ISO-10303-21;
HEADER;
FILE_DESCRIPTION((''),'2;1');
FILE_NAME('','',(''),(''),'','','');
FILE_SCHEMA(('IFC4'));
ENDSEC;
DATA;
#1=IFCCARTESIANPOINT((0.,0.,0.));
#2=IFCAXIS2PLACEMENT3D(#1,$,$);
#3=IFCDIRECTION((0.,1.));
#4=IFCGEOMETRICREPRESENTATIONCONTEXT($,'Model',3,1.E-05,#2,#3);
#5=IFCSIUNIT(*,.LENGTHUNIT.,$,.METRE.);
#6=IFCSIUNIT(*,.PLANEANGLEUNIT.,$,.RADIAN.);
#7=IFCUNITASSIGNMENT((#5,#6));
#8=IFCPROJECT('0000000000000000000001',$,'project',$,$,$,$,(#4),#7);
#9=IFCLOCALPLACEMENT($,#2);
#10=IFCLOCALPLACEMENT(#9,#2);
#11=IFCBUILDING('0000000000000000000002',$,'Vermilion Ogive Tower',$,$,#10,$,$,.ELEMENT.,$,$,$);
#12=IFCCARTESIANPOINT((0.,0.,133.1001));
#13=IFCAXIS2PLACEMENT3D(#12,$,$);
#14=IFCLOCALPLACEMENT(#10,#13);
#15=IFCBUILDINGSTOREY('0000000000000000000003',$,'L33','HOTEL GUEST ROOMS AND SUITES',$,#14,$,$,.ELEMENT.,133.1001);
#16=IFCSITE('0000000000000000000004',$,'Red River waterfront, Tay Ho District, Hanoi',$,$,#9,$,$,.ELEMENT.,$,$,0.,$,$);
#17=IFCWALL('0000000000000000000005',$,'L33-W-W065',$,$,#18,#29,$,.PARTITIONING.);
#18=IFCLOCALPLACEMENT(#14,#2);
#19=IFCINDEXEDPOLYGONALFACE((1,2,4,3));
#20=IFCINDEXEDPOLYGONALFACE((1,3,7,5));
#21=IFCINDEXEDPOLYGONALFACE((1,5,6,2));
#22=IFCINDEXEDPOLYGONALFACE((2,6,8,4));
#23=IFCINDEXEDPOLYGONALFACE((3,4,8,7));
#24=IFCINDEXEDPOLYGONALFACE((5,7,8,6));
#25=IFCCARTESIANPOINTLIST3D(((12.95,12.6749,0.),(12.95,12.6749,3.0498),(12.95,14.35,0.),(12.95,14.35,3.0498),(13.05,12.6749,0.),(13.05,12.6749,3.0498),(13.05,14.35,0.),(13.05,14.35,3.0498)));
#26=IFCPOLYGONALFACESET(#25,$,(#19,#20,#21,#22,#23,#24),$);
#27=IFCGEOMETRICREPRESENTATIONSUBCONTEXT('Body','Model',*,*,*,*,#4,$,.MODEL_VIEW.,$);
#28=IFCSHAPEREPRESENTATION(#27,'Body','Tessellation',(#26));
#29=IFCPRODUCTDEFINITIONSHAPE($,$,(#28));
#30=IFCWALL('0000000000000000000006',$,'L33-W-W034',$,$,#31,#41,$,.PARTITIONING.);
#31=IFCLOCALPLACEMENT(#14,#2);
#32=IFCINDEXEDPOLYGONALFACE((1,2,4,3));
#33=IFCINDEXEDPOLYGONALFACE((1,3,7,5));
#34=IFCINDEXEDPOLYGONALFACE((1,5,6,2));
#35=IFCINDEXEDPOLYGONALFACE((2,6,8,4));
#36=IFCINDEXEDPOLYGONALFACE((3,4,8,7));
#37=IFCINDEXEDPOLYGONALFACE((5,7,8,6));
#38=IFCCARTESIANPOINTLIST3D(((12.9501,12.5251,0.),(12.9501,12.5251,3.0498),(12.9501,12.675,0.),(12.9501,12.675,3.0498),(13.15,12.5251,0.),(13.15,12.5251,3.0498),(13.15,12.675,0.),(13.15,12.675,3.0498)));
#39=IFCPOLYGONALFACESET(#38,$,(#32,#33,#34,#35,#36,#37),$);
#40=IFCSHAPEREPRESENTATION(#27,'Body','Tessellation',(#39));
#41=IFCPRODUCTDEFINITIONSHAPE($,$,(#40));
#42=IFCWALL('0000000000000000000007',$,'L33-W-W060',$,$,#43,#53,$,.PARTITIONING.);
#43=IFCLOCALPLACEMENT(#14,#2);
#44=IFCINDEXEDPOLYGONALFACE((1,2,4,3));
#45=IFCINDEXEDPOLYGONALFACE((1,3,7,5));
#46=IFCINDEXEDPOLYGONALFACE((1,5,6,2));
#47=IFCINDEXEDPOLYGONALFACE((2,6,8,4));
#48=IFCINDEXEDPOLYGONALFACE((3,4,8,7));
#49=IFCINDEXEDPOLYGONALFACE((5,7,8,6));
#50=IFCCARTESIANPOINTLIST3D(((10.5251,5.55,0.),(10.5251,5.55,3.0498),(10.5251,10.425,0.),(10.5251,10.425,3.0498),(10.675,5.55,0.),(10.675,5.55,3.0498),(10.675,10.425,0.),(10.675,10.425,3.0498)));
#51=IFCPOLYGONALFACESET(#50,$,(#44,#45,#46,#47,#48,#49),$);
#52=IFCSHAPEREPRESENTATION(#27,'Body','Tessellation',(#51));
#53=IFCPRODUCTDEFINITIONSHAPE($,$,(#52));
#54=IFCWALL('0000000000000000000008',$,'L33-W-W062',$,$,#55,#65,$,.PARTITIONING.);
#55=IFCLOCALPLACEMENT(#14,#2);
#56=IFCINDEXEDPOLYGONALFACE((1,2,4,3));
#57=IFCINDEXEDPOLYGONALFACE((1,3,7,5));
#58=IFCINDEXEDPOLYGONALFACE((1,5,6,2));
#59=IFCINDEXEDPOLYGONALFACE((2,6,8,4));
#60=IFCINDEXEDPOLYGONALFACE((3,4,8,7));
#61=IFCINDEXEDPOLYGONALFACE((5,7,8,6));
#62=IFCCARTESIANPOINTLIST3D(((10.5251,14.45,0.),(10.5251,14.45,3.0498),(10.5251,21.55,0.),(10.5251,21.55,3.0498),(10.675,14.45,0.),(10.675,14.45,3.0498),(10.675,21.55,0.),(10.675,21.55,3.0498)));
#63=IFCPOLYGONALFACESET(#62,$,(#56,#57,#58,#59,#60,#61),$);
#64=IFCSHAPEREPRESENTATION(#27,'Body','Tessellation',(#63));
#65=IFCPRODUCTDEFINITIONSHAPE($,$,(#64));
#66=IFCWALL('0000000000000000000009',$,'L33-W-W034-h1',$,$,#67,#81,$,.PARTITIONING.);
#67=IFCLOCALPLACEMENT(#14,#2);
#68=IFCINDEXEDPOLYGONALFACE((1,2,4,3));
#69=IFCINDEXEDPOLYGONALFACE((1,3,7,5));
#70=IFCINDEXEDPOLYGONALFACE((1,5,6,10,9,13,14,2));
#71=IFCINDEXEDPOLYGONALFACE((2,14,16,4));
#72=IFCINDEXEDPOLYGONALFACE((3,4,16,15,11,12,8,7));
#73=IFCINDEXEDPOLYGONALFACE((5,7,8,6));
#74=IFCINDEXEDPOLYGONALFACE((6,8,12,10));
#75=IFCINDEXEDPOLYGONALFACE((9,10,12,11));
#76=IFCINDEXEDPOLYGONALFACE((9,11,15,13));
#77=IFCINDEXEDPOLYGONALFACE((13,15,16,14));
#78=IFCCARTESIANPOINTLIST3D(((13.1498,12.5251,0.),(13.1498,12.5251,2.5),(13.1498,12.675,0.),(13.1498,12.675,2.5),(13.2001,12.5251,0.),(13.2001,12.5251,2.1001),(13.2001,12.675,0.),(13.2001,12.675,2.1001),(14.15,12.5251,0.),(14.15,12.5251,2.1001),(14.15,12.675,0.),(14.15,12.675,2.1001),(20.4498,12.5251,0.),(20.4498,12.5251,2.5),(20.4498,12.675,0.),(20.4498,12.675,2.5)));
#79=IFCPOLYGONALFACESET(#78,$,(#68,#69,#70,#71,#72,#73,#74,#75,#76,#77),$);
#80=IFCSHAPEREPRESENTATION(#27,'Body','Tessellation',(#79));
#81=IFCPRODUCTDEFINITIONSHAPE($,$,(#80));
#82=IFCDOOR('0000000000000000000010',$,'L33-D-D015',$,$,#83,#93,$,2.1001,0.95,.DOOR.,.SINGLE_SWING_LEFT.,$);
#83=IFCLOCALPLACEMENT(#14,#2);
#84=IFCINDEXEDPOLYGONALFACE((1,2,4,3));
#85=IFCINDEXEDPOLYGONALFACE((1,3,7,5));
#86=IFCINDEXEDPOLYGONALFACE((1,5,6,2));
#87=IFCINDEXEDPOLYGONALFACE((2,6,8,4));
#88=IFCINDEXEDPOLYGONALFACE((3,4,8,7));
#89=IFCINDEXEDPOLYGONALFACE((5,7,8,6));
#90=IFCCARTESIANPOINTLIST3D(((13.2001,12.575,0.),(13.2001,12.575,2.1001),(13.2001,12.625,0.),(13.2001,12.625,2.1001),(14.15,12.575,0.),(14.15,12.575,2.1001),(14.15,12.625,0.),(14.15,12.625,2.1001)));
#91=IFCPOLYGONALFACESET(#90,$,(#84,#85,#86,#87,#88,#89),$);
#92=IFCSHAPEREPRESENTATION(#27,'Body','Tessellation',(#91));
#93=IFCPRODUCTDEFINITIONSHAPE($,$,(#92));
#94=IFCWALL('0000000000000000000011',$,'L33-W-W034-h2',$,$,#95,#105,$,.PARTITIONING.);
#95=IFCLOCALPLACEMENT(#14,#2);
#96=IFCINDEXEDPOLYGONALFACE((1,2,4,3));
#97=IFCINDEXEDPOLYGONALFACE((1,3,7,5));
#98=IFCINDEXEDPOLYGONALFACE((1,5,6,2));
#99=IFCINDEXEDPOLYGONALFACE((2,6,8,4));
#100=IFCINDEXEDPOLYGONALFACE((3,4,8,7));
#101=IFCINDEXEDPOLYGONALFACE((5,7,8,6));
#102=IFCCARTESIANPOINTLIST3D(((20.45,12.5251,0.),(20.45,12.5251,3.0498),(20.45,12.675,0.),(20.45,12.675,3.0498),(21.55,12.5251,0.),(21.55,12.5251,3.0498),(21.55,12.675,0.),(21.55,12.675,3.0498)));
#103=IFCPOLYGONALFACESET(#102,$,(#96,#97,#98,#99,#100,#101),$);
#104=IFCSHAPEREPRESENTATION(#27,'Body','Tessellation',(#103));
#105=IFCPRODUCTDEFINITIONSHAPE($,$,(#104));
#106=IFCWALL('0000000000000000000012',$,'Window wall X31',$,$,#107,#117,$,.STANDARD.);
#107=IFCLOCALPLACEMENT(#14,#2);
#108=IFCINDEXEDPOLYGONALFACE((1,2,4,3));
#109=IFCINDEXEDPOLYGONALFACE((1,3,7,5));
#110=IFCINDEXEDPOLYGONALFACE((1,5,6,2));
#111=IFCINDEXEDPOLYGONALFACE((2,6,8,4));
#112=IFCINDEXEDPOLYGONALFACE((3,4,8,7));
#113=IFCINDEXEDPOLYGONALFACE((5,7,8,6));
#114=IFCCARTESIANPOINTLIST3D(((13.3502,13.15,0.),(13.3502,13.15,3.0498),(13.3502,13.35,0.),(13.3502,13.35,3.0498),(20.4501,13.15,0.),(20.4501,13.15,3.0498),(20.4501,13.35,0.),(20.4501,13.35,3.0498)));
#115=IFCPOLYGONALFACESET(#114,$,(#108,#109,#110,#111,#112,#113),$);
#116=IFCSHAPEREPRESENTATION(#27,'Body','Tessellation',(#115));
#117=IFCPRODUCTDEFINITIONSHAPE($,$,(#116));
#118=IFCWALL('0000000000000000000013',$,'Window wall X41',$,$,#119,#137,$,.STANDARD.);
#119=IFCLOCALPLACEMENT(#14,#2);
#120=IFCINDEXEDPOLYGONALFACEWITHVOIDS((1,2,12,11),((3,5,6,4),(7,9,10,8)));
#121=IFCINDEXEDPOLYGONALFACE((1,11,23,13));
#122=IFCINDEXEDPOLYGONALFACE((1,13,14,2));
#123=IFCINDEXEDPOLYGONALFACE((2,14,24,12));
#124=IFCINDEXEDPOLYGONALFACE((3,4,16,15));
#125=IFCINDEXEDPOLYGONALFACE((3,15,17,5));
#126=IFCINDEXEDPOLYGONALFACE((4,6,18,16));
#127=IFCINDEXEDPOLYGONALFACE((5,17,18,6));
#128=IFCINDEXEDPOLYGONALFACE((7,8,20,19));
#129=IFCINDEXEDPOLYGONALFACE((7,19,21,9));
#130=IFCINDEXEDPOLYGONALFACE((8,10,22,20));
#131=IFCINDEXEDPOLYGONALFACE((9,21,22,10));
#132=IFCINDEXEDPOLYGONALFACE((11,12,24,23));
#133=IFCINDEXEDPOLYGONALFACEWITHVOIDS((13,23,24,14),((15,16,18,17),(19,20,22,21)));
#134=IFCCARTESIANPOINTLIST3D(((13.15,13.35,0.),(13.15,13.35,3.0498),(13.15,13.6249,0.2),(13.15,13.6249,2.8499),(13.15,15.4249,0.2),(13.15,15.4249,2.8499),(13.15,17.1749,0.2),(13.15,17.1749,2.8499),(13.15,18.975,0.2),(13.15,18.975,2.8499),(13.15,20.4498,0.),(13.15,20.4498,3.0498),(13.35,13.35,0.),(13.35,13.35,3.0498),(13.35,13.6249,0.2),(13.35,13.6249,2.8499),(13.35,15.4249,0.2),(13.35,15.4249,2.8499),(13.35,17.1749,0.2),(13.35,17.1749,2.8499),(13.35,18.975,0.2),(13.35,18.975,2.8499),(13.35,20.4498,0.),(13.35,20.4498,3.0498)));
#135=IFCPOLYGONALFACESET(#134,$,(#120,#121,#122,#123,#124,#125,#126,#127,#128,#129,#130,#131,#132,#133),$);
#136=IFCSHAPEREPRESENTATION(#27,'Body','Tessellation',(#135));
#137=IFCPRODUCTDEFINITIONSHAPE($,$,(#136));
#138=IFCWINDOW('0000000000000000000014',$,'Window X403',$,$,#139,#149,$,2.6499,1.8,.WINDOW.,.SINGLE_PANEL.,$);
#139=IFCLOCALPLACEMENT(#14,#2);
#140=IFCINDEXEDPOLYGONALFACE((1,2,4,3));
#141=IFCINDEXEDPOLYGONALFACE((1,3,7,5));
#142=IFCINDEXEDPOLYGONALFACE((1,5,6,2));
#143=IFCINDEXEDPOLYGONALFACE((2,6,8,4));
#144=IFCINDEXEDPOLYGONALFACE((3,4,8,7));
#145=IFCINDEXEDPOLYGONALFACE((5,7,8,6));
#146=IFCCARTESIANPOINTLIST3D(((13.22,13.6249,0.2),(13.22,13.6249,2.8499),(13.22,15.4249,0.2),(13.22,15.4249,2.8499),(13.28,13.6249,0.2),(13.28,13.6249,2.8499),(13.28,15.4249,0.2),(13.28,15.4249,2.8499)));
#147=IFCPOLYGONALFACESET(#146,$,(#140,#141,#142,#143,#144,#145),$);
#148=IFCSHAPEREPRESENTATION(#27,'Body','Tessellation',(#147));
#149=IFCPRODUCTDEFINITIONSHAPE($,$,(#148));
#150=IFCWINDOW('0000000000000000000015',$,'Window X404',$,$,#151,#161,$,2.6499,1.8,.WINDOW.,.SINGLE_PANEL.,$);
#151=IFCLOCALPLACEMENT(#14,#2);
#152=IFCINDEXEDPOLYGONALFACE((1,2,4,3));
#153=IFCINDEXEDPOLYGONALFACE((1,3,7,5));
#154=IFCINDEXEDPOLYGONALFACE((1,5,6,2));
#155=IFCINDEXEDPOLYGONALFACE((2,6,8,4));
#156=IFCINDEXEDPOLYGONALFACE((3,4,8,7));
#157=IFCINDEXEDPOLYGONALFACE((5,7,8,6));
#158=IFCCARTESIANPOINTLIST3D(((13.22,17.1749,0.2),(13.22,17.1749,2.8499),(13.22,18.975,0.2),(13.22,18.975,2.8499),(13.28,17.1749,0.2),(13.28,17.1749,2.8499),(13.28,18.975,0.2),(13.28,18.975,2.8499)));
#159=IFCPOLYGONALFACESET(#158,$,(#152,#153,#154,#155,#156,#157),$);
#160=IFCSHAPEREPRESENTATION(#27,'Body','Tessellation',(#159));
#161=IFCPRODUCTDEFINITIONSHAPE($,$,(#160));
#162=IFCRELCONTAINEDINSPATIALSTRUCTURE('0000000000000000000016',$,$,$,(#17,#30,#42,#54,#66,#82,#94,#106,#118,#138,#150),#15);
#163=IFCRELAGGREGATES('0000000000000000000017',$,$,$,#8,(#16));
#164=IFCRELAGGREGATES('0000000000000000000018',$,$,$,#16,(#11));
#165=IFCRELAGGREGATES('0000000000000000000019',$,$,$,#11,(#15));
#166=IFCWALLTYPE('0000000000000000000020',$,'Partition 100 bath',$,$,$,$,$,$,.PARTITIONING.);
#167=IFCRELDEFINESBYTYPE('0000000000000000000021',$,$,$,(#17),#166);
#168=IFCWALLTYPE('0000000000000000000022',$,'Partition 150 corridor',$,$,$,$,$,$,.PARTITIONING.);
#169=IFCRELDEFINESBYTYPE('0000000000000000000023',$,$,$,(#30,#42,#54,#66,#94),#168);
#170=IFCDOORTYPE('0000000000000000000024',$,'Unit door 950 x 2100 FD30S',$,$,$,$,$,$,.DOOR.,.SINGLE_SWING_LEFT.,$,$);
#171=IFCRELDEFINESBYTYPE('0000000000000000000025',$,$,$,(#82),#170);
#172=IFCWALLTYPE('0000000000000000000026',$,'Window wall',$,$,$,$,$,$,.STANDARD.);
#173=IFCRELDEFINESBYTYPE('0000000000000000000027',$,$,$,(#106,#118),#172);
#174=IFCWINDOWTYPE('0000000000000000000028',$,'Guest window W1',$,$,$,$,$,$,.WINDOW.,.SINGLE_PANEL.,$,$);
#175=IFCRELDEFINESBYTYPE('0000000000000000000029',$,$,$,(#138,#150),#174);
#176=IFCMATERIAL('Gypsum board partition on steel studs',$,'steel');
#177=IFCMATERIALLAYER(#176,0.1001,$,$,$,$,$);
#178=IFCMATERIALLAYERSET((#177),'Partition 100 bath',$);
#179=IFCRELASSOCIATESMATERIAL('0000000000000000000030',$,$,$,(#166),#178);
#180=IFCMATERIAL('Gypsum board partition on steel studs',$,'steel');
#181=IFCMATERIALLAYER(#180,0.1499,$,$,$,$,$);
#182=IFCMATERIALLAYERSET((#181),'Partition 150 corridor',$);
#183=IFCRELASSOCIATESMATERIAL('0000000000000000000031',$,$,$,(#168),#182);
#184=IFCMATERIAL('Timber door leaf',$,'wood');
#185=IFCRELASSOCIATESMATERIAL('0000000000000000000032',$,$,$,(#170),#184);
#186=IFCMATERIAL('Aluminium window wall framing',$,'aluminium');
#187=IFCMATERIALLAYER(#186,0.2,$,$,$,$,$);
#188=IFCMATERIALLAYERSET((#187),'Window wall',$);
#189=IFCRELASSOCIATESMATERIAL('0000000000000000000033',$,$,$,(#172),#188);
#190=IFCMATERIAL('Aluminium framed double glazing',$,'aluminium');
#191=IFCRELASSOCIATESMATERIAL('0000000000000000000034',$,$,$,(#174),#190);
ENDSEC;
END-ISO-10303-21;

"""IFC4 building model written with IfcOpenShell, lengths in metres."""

from ifc_helpers import new_model, si_unit, direction, frame, frame_2d, origin, place, context, subcontext, project, spatial, rectangle, extrude, material, layer, layer_set, type_object, element, fill, save


model = new_model("IFC4")

# Units and contexts
model_context = context("Model", 3, precision=1e-05, world=origin(), true_north=direction((0.0, 1.0)))
body_context = subcontext(model_context, "Body", "Model", "MODEL_VIEW")
ifc_project = project(units=[si_unit("LENGTHUNIT", "METRE"), si_unit("PLANEANGLEUNIT", "RADIAN")], contexts=[model_context])

# Site, building, storey
site_placement = place(None, origin())
site = spatial("IfcSite", under=ifc_project, at=site_placement, Name="Red River waterfront, Tay Ho District, Hanoi", CompositionType="ELEMENT", RefElevation=0.0)
building_placement = place(site_placement, origin())
building = spatial("IfcBuilding", under=site, at=building_placement, Name="Vermilion Ogive Tower", CompositionType="ELEMENT")
storey_placement = place(building_placement, frame((0.0, 0.0, 133.1001)))
storey = spatial("IfcBuildingStorey", under=building, at=storey_placement, Name="L33", Description="HOTEL GUEST ROOMS AND SUITES", CompositionType="ELEMENT", Elevation=133.1001)

# Walls
ifc_material_1 = material(Name="Gypsum board partition on steel studs", Category="steel")
ifc_layer_1 = layer(ifc_material_1, 0.1001)
ifc_layer_set_1 = layer_set([ifc_layer_1], Name="Partition 100 bath")
wall_type_1 = type_object("IfcWallType", Name="Partition 100 bath", PredefinedType="PARTITIONING", material=ifc_layer_set_1)
wall_1_placement = place(storey_placement, frame((13.0, 12.675, 0.0), z_axis=(0.0, 0.0, 1.0), x_axis=(0.0, 1.0, 0.0)))
element("IfcWall", 1, at=wall_1_placement, inside=storey, type_object=wall_type_1, Name="L33-W-W065", PredefinedType="PARTITIONING", context=body_context, shape_type="SweptSolid", body=[
    extrude(rectangle(XDim=1.675, YDim=0.1001, at=frame_2d((0.8374, 0.0))), origin(), (0.0, 0.0, 1.0), 3.0498),
])
ifc_material_2 = material(Name="Gypsum board partition on steel studs", Category="steel")
ifc_layer_2 = layer(ifc_material_2, 0.1499)
ifc_layer_set_2 = layer_set([ifc_layer_2], Name="Partition 150 corridor")
wall_type_2 = type_object("IfcWallType", Name="Partition 150 corridor", PredefinedType="PARTITIONING", material=ifc_layer_set_2)
wall_2_placement = place(storey_placement, frame((12.95, 12.6001, 0.0), z_axis=(0.0, 0.0, 1.0), x_axis=(1.0, 0.0, 0.0)))
element("IfcWall", 2, at=wall_2_placement, inside=storey, type_object=wall_type_2, Name="L33-W-W034", PredefinedType="PARTITIONING", context=body_context, shape_type="SweptSolid", body=[
    extrude(rectangle(XDim=0.2, YDim=0.1499, at=frame_2d((0.1001, 0.0))), origin(), (0.0, 0.0, 1.0), 3.0498),
])
wall_3_placement = place(storey_placement, frame((10.6001, 5.55, 0.0), z_axis=(0.0, 0.0, 1.0), x_axis=(0.0, 1.0, 0.0)))
element("IfcWall", 3, at=wall_3_placement, inside=storey, type_object=wall_type_2, Name="L33-W-W060", PredefinedType="PARTITIONING", context=body_context, shape_type="SweptSolid", body=[
    extrude(rectangle(XDim=4.875, YDim=0.1499, at=frame_2d((2.4375, 0.0))), origin(), (0.0, 0.0, 1.0), 3.0498),
])
wall_4_placement = place(storey_placement, frame((10.6001, 14.45, 0.0), z_axis=(0.0, 0.0, 1.0), x_axis=(0.0, 1.0, 0.0)))
element("IfcWall", 4, at=wall_4_placement, inside=storey, type_object=wall_type_2, Name="L33-W-W062", PredefinedType="PARTITIONING", context=body_context, shape_type="SweptSolid", body=[
    extrude(rectangle(XDim=7.1001, YDim=0.1499, at=frame_2d((3.55, 0.0))), origin(), (0.0, 0.0, 1.0), 3.0498),
])

# Wall, opening, door
wall_5_placement = place(storey_placement, frame((13.1499, 12.6001, 0.0), z_axis=(0.0, 0.0, 1.0), x_axis=(1.0, 0.0, 0.0)))
wall_5 = element("IfcWall", 5, at=wall_5_placement, inside=storey, type_object=wall_type_2, Name="L33-W-W034-h1", PredefinedType="PARTITIONING", context=body_context, shape_type="SweptSolid", body=[
    extrude(rectangle(XDim=7.3, YDim=0.1499, at=frame_2d((3.6499, 0.0))), origin(), (0.0, 0.0, 1.0), 2.5),
])
opening_1_placement = place(wall_5_placement, frame((0.05, 0.0, 0.0)))
opening_1 = element("IfcOpeningElement", 6, at=opening_1_placement, cuts=wall_5, PredefinedType="OPENING", context=body_context, shape_type="SweptSolid", body=[
    extrude(rectangle(XDim=0.95, YDim=2.1001, at=frame_2d((0.4751, 1.05))), frame((0.0, 0.085, 0.0), z_axis=(0.0, -1.0, 0.0), x_axis=(1.0, 0.0, 0.0)), (0.0, 0.0, 1.0), 0.1699),
])
ifc_material_3 = material(Name="Timber door leaf", Category="wood")
door_type = type_object("IfcDoorType", Name="Unit door 950 x 2100 FD30S", OperationType="SINGLE_SWING_LEFT", PredefinedType="DOOR", material=ifc_material_3)
door_placement = place(opening_1_placement, origin())
door = element("IfcDoor", 7, at=door_placement, inside=storey, type_object=door_type, Name="L33-D-D015", OperationType="SINGLE_SWING_LEFT", OverallHeight=2.1001, OverallWidth=0.95, PredefinedType="DOOR", context=body_context, shape_type="SweptSolid", body=[
    extrude(rectangle(XDim=0.95, YDim=2.1001, at=frame_2d((0.4751, 1.05))), frame((0.0, 0.0249, 0.0), z_axis=(0.0, -1.0, 0.0), x_axis=(1.0, 0.0, 0.0)), (0.0, 0.0, 1.0), 0.05),
])
fill(opening_1, door)

# Walls
wall_6_placement = place(storey_placement, frame((20.45, 12.6001, 0.0), z_axis=(0.0, 0.0, 1.0), x_axis=(1.0, 0.0, 0.0)))
element("IfcWall", 8, at=wall_6_placement, inside=storey, type_object=wall_type_2, Name="L33-W-W034-h2", PredefinedType="PARTITIONING", context=body_context, shape_type="SweptSolid", body=[
    extrude(rectangle(XDim=1.1001, YDim=0.1499, at=frame_2d((0.55, 0.0))), origin(), (0.0, 0.0, 1.0), 3.0498),
])
ifc_material_4 = material(Name="Aluminium window wall framing", Category="aluminium")
ifc_layer_3 = layer(ifc_material_4, 0.2)
ifc_layer_set_3 = layer_set([ifc_layer_3], Name="Window wall")
wall_type_3 = type_object("IfcWallType", Name="Window wall", PredefinedType="STANDARD", material=ifc_layer_set_3)
wall_7_placement = place(storey_placement, frame((20.45, 13.25, 0.0), z_axis=(0.0, 0.0, 1.0), x_axis=(-1.0, 0.0, 0.0)))
element("IfcWall", 9, at=wall_7_placement, inside=storey, type_object=wall_type_3, Name="Window wall X31", PredefinedType="STANDARD", context=body_context, shape_type="SweptSolid", body=[
    extrude(rectangle(XDim=7.0999, YDim=0.2, at=frame_2d((3.5498, 0.0))), origin(), (0.0, 0.0, 1.0), 3.0498),
])

# Wall, openings, windows
wall_8_placement = place(storey_placement, frame((13.25, 13.3501, 0.0), z_axis=(0.0, 0.0, 1.0), x_axis=(0.0, 1.0, 0.0)))
wall_8 = element("IfcWall", 10, at=wall_8_placement, inside=storey, type_object=wall_type_3, Name="Window wall X41", PredefinedType="STANDARD", context=body_context, shape_type="SweptSolid", body=[
    extrude(rectangle(XDim=7.0999, YDim=0.2, at=frame_2d((3.5498, 0.0))), origin(), (0.0, 0.0, 1.0), 3.0498),
])
opening_2_placement = place(wall_8_placement, frame((0.2749, 0.0, 0.2)))
opening_2 = element("IfcOpeningElement", 11, at=opening_2_placement, cuts=wall_8, PredefinedType="OPENING", context=body_context, shape_type="SweptSolid", body=[
    extrude(rectangle(XDim=1.8, YDim=2.6499, at=frame_2d((0.8999, 1.325))), frame((0.0, 0.1099, 0.0), z_axis=(0.0, -1.0, 0.0), x_axis=(1.0, 0.0, 0.0)), (0.0, 0.0, 1.0), 0.22),
])
opening_3_placement = place(wall_8_placement, frame((3.825, 0.0, 0.2)))
opening_3 = element("IfcOpeningElement", 12, at=opening_3_placement, cuts=wall_8, PredefinedType="OPENING", context=body_context, shape_type="SweptSolid", body=[
    extrude(rectangle(XDim=1.8, YDim=2.6499, at=frame_2d((0.8999, 1.325))), frame((0.0, 0.1099, 0.0), z_axis=(0.0, -1.0, 0.0), x_axis=(1.0, 0.0, 0.0)), (0.0, 0.0, 1.0), 0.22),
])
ifc_material_5 = material(Name="Aluminium framed double glazing", Category="aluminium")
window_type = type_object("IfcWindowType", Name="Guest window W1", PartitioningType="SINGLE_PANEL", PredefinedType="WINDOW", material=ifc_material_5)
window_1_placement = place(opening_2_placement, origin())
window_1 = element("IfcWindow", 13, at=window_1_placement, inside=storey, type_object=window_type, Name="Window X403", OverallHeight=2.6499, OverallWidth=1.8, PartitioningType="SINGLE_PANEL", PredefinedType="WINDOW", context=body_context, shape_type="SweptSolid", body=[
    extrude(rectangle(XDim=1.8, YDim=2.6499, at=frame_2d((0.8999, 1.325))), frame((0.0, 0.03, 0.0), z_axis=(0.0, -1.0, 0.0), x_axis=(1.0, 0.0, 0.0)), (0.0, 0.0, 1.0), 0.0601),
])
fill(opening_2, window_1)
window_2_placement = place(opening_3_placement, origin())
window_2 = element("IfcWindow", 14, at=window_2_placement, inside=storey, type_object=window_type, Name="Window X404", OverallHeight=2.6499, OverallWidth=1.8, PartitioningType="SINGLE_PANEL", PredefinedType="WINDOW", context=body_context, shape_type="SweptSolid", body=[
    extrude(rectangle(XDim=1.8, YDim=2.6499, at=frame_2d((0.8999, 1.325))), frame((0.0, 0.03, 0.0), z_axis=(0.0, -1.0, 0.0), x_axis=(1.0, 0.0, 0.0)), (0.0, 0.0, 1.0), 0.0601),
])
fill(opening_3, window_2)

save(model, "model.ifc")
